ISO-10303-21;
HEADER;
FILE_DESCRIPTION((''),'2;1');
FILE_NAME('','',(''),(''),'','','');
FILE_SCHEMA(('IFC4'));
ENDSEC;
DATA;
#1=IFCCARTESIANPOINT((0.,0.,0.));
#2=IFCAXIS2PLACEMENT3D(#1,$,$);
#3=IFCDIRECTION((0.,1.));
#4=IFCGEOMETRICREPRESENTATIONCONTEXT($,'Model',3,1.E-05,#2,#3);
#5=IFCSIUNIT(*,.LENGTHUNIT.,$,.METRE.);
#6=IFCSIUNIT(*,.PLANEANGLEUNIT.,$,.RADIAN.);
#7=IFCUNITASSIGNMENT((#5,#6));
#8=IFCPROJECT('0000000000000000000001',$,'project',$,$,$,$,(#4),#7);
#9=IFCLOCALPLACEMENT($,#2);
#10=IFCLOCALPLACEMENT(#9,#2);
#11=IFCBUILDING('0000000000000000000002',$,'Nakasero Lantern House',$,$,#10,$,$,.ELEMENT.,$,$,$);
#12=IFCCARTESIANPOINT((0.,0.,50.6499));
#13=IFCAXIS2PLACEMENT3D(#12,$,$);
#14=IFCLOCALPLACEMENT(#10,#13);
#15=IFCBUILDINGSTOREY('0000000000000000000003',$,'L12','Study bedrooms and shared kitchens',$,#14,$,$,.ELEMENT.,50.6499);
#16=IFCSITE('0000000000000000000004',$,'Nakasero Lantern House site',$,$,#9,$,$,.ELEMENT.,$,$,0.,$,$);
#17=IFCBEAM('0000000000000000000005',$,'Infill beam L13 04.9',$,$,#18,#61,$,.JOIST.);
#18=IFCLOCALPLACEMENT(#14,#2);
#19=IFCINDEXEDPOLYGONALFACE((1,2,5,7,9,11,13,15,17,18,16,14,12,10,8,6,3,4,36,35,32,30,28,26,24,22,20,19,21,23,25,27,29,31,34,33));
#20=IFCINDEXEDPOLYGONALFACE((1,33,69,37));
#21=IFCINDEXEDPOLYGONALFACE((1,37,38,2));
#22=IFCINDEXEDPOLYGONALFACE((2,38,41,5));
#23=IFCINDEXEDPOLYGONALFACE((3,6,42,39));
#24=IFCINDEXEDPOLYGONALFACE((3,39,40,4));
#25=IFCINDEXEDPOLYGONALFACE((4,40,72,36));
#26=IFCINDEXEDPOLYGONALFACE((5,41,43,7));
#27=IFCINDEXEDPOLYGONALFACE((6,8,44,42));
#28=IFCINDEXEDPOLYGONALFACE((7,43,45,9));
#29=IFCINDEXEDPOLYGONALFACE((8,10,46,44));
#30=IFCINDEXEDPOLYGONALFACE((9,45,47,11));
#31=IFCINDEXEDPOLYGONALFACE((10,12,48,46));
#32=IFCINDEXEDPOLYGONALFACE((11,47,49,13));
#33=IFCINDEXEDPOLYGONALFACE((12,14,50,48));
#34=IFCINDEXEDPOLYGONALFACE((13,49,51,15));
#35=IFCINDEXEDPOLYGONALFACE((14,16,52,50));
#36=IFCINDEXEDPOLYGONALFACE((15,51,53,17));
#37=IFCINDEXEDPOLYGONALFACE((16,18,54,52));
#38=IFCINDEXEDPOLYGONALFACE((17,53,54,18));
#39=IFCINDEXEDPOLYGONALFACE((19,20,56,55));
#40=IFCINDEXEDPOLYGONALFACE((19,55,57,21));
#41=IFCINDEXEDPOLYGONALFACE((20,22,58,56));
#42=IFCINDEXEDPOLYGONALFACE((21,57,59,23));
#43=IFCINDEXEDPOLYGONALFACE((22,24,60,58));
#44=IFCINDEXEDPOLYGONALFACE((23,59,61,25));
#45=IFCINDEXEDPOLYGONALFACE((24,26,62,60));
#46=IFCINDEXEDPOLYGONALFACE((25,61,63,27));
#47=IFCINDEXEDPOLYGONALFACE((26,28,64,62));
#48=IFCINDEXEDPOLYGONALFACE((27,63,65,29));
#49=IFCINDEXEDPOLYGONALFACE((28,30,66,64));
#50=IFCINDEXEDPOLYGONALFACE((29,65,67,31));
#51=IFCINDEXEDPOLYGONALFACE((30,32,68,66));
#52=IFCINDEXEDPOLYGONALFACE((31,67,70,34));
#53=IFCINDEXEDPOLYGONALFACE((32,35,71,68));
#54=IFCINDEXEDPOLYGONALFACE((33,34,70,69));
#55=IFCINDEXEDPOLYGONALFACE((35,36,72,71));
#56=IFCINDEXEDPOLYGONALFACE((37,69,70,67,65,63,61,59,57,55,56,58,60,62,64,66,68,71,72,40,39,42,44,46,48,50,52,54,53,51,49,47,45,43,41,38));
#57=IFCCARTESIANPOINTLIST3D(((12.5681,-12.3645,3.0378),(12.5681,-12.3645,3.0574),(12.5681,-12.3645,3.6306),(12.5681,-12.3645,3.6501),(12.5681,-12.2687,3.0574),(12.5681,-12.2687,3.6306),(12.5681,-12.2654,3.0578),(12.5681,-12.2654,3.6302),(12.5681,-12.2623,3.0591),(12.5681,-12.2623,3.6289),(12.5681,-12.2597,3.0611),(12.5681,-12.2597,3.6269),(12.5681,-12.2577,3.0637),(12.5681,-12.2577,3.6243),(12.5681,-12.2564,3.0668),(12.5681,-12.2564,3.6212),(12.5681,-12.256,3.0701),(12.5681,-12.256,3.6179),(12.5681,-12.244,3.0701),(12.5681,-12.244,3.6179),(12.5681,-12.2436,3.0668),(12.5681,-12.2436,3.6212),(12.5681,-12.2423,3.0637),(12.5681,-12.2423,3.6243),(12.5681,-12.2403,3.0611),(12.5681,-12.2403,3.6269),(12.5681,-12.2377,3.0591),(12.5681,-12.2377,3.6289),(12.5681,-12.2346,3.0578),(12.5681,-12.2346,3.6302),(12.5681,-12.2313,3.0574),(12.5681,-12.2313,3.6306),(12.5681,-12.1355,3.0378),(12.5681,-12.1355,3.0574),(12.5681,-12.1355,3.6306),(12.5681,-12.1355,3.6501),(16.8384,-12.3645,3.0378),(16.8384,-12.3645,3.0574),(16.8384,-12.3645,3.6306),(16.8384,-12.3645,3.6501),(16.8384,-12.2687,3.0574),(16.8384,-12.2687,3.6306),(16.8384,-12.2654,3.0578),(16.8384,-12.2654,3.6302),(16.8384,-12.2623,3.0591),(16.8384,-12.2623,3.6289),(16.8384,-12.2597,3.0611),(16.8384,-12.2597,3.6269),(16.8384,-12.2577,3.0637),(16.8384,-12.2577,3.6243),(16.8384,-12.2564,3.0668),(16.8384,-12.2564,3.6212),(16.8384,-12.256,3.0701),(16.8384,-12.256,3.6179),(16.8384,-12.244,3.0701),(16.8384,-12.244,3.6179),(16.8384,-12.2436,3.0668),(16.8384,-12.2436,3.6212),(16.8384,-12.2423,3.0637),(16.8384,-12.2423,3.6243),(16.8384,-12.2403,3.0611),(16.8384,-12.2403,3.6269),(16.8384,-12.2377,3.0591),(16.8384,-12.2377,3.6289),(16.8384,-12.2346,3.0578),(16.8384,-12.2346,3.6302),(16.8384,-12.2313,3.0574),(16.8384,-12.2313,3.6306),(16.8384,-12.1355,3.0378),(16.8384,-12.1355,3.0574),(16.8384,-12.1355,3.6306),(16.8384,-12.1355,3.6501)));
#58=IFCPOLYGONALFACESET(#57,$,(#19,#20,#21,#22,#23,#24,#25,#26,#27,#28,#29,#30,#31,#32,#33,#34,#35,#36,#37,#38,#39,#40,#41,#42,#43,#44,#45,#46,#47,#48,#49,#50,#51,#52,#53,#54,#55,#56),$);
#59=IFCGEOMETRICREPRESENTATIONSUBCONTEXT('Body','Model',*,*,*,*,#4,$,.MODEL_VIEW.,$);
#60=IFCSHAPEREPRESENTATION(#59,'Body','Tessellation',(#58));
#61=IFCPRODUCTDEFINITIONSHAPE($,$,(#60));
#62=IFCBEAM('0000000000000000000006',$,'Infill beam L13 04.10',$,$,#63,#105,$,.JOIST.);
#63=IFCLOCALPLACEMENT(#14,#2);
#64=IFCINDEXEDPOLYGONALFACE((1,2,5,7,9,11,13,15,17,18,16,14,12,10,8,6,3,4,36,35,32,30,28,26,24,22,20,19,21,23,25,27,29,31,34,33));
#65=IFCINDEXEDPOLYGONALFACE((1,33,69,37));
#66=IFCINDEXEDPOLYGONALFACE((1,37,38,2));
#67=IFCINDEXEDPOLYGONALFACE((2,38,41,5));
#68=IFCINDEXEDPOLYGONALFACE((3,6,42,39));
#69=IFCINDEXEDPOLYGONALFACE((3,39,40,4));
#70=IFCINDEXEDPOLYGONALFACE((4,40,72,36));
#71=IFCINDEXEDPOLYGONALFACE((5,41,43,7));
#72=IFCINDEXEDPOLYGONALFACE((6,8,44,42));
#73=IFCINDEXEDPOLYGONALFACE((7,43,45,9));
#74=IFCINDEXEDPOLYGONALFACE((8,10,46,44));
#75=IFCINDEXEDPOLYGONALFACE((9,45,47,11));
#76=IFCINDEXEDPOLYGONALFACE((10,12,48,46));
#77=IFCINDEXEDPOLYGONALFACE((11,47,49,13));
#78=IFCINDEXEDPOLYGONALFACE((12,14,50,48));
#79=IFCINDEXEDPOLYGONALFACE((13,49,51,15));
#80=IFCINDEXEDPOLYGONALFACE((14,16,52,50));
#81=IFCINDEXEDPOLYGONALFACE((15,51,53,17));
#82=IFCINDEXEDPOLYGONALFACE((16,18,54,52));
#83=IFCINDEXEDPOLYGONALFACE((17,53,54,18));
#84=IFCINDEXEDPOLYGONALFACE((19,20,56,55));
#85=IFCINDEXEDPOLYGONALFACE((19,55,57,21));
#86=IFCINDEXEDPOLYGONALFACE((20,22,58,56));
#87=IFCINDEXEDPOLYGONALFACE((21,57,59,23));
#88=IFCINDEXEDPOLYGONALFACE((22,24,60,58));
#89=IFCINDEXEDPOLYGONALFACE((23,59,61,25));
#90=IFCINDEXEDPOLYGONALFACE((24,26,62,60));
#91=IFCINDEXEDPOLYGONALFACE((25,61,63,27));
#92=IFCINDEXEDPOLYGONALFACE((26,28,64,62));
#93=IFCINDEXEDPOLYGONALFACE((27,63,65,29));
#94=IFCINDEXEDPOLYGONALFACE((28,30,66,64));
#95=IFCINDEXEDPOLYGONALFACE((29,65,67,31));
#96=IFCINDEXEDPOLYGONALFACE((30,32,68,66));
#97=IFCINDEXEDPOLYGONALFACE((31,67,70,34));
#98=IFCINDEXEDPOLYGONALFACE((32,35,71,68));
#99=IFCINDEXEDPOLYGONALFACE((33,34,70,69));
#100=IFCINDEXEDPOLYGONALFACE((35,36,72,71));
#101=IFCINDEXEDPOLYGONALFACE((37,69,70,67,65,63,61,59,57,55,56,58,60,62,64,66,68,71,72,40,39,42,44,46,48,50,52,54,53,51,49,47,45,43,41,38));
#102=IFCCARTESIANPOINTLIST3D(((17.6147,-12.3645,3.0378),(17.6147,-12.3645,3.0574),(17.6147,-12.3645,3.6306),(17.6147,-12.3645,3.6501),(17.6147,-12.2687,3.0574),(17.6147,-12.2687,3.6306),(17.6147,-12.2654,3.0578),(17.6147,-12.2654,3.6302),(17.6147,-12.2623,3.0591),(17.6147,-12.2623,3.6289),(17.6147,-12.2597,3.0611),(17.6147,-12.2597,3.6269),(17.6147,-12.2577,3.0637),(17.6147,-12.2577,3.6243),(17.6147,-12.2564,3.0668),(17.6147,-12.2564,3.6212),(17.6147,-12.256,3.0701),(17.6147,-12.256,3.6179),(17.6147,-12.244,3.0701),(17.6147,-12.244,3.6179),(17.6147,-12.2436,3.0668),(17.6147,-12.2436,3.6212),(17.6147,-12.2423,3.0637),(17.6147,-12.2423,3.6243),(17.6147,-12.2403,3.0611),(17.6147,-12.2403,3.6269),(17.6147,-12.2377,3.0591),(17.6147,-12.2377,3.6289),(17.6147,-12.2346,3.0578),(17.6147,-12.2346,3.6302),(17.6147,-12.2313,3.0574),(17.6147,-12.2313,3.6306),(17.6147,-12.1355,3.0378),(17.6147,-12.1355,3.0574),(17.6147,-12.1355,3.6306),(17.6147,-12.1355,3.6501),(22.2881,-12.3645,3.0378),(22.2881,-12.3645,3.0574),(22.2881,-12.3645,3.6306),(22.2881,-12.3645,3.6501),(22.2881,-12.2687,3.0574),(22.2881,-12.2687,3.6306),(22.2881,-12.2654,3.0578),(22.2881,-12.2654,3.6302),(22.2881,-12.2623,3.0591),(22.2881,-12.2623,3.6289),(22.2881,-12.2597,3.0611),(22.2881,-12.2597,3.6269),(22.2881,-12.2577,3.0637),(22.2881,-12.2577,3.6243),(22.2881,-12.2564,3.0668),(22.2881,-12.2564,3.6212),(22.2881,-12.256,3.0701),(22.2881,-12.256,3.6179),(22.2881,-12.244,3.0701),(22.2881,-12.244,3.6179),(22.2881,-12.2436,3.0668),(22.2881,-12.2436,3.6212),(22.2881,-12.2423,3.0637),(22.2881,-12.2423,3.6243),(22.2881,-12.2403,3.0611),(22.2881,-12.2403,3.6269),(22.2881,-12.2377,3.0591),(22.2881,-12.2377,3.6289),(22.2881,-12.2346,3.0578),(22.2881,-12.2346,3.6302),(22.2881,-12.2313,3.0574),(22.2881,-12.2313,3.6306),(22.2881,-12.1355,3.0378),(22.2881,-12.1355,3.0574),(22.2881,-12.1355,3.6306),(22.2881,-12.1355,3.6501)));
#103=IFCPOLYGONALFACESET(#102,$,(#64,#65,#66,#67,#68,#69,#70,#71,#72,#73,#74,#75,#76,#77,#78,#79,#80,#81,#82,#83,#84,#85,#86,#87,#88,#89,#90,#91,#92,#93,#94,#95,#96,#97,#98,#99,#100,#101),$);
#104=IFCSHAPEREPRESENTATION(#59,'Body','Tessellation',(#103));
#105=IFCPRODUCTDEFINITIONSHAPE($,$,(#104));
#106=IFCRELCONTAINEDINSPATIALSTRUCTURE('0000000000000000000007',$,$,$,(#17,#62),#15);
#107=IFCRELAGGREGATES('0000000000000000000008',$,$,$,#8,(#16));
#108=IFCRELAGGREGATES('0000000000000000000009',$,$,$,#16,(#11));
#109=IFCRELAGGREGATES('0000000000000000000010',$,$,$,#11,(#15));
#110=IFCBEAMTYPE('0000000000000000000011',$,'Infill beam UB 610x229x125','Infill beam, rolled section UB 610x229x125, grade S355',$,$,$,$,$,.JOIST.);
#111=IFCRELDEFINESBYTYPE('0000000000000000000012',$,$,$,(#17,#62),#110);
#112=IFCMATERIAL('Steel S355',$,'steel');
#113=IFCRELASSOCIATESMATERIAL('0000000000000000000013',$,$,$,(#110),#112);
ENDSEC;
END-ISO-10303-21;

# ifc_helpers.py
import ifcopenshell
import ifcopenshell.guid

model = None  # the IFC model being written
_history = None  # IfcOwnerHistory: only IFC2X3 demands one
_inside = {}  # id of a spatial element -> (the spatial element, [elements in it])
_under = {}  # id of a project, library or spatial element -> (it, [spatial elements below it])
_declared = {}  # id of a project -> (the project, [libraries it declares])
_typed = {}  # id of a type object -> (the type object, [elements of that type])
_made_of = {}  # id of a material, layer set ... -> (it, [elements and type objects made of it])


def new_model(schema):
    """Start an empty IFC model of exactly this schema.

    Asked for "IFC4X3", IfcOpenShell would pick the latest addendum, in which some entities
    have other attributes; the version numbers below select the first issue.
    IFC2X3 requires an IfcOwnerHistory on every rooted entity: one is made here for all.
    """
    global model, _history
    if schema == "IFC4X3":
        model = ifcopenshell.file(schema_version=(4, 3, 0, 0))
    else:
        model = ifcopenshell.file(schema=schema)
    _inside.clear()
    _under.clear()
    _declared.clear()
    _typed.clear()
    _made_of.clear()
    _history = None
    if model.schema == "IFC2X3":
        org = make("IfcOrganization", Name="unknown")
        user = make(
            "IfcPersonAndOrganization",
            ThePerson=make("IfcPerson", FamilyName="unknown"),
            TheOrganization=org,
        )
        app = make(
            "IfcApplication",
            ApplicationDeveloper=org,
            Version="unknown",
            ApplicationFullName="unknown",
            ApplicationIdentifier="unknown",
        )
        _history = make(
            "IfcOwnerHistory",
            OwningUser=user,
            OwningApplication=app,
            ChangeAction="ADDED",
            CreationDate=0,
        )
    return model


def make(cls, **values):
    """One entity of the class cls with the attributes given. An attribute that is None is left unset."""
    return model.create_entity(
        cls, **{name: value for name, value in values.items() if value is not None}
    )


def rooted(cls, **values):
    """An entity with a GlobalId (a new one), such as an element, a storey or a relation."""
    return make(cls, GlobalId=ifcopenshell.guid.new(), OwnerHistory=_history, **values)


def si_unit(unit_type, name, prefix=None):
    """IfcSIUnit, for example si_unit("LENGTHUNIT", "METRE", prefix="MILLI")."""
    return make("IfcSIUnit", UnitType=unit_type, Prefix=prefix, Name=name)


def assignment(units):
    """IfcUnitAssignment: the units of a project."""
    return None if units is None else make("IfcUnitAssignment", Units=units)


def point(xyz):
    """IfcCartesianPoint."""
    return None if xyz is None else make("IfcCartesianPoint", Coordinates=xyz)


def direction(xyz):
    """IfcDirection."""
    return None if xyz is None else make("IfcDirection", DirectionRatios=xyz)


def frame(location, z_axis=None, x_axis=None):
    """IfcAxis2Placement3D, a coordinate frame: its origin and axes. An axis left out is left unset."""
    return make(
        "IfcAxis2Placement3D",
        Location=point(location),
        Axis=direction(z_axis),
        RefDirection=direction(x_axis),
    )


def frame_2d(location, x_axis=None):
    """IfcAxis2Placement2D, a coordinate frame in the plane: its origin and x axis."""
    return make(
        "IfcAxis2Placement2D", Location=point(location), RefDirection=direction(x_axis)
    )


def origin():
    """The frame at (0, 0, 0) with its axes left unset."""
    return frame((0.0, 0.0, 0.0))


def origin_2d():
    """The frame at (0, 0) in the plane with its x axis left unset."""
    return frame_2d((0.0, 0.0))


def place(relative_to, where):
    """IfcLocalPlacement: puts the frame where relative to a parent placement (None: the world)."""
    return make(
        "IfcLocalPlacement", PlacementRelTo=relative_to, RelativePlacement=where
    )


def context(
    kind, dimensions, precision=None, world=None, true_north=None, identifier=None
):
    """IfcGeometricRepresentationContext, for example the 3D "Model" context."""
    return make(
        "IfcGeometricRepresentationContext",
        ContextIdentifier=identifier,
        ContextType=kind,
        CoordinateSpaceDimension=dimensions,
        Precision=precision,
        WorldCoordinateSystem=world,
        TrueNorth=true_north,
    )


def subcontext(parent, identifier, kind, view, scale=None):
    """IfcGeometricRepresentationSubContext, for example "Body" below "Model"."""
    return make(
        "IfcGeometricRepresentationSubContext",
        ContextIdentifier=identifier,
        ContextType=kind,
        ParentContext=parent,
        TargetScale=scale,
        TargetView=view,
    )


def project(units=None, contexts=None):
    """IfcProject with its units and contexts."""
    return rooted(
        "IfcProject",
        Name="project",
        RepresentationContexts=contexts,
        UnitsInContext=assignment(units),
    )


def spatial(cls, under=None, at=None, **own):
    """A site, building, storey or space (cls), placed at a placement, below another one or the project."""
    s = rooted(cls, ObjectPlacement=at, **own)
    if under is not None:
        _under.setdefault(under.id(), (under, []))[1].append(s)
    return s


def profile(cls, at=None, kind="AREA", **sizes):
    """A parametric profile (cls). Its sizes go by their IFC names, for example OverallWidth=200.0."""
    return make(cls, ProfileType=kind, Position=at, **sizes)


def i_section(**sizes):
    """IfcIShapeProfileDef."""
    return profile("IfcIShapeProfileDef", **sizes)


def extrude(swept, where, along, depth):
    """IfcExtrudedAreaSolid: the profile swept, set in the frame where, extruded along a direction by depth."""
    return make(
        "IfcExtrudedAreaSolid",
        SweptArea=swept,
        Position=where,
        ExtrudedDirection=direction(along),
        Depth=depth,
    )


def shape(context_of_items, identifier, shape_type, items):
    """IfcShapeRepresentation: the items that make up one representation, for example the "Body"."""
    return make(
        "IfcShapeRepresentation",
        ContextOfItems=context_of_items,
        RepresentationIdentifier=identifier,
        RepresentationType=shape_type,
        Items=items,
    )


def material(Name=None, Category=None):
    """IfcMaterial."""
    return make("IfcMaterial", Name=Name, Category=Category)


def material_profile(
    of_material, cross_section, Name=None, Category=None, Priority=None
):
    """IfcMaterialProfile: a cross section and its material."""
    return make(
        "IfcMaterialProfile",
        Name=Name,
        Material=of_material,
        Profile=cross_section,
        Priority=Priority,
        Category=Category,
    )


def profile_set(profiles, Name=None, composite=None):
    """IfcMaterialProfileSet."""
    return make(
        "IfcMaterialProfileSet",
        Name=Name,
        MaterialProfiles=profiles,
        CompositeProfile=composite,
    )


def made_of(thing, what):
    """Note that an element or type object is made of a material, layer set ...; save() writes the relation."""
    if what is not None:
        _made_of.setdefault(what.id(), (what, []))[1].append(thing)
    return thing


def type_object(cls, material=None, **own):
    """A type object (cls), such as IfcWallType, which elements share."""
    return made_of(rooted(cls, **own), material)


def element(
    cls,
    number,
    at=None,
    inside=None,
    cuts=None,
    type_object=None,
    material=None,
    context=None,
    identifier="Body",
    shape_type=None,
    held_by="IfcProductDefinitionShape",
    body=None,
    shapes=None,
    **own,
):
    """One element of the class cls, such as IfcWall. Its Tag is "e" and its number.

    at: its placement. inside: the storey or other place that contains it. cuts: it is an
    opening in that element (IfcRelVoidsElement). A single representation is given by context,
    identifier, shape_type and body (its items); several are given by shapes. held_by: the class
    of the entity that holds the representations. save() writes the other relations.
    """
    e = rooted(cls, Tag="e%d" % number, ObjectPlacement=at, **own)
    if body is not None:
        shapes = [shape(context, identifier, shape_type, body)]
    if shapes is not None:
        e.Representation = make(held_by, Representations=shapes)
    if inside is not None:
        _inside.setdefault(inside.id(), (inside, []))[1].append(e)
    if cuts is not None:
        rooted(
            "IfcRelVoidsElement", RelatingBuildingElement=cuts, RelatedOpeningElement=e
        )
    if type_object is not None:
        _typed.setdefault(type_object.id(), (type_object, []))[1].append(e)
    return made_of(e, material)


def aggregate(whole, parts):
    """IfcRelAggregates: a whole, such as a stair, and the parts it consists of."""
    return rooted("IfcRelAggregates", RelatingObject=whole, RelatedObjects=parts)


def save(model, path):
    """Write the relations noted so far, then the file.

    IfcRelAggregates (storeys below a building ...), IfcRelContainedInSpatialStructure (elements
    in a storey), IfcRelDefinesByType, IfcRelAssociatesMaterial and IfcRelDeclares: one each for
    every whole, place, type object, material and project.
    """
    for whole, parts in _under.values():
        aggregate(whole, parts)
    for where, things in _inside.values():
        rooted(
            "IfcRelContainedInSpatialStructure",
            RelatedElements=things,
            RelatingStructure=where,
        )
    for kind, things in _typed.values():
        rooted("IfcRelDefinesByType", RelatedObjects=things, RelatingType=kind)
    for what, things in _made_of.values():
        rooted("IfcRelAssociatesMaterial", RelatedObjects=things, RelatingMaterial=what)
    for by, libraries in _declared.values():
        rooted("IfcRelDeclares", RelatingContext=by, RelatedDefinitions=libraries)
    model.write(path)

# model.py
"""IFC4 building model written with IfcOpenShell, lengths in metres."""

from ifc_helpers import new_model, si_unit, direction, frame, origin, origin_2d, place, context, subcontext, project, spatial, i_section, extrude, material, material_profile, profile_set, type_object, element, save


model = new_model("IFC4")

# Units and contexts
model_context = context("Model", 3, precision=1e-05, world=origin(), true_north=direction((0.0, 1.0)))
body_context = subcontext(model_context, "Body", "Model", "MODEL_VIEW")
ifc_project = project(units=[si_unit("LENGTHUNIT", "METRE"), si_unit("PLANEANGLEUNIT", "RADIAN")], contexts=[model_context])

# Site, building, storey
site_placement = place(None, origin())
site = spatial("IfcSite", under=ifc_project, at=site_placement, Name="Nakasero Lantern House site", CompositionType="ELEMENT", RefElevation=0.0)
building_placement = place(site_placement, origin())
building = spatial("IfcBuilding", under=site, at=building_placement, Name="Nakasero Lantern House", CompositionType="ELEMENT")
storey_placement = place(building_placement, frame((0.0, 0.0, 50.6499)))
storey = spatial("IfcBuildingStorey", under=building, at=storey_placement, Name="L12", Description="Study bedrooms and shared kitchens", CompositionType="ELEMENT", Elevation=50.6499)

# Beams
ifc_material_1 = material(Name="Steel S355", Category="steel")
ifc_material_profile = material_profile(ifc_material_1, i_section(OverallWidth=0.229, OverallDepth=0.6123, WebThickness=0.012, FlangeThickness=0.0195, FilletRadius=0.0127, at=origin_2d()), Name="UB 610x229x125")
ifc_profile_set = profile_set([ifc_material_profile], Name="Steel S355")
beam_type = type_object("IfcBeamType", Name="Infill beam UB 610x229x125", Description="Infill beam, rolled section UB 610x229x125, grade S355", PredefinedType="JOIST", material=ifc_profile_set)
beam_1_placement = place(storey_placement, frame((12.5681, -12.25, 3.344), z_axis=(1.0, 0.0, 0.0), x_axis=(0.0, 1.0, 0.0)))
element("IfcBeam", 1, at=beam_1_placement, inside=storey, type_object=beam_type, Name="Infill beam L13 04.9", PredefinedType="JOIST", context=body_context, shape_type="SweptSolid", body=[
    extrude(i_section(OverallWidth=0.229, OverallDepth=0.6123, WebThickness=0.012, FlangeThickness=0.0195, FilletRadius=0.0127, at=origin_2d()), origin(), (0.0, 0.0, 1.0), 4.2703),
])
beam_2_placement = place(storey_placement, frame((17.6147, -12.25, 3.344), z_axis=(1.0, 0.0, 0.0), x_axis=(0.0, 1.0, 0.0)))
element("IfcBeam", 2, at=beam_2_placement, inside=storey, type_object=beam_type, Name="Infill beam L13 04.10", PredefinedType="JOIST", context=body_context, shape_type="SweptSolid", body=[
    extrude(i_section(OverallWidth=0.229, OverallDepth=0.6123, WebThickness=0.012, FlangeThickness=0.0195, FilletRadius=0.0127, at=origin_2d()), origin(), (0.0, 0.0, 1.0), 4.6733),
])

save(model, "model.ifc")
